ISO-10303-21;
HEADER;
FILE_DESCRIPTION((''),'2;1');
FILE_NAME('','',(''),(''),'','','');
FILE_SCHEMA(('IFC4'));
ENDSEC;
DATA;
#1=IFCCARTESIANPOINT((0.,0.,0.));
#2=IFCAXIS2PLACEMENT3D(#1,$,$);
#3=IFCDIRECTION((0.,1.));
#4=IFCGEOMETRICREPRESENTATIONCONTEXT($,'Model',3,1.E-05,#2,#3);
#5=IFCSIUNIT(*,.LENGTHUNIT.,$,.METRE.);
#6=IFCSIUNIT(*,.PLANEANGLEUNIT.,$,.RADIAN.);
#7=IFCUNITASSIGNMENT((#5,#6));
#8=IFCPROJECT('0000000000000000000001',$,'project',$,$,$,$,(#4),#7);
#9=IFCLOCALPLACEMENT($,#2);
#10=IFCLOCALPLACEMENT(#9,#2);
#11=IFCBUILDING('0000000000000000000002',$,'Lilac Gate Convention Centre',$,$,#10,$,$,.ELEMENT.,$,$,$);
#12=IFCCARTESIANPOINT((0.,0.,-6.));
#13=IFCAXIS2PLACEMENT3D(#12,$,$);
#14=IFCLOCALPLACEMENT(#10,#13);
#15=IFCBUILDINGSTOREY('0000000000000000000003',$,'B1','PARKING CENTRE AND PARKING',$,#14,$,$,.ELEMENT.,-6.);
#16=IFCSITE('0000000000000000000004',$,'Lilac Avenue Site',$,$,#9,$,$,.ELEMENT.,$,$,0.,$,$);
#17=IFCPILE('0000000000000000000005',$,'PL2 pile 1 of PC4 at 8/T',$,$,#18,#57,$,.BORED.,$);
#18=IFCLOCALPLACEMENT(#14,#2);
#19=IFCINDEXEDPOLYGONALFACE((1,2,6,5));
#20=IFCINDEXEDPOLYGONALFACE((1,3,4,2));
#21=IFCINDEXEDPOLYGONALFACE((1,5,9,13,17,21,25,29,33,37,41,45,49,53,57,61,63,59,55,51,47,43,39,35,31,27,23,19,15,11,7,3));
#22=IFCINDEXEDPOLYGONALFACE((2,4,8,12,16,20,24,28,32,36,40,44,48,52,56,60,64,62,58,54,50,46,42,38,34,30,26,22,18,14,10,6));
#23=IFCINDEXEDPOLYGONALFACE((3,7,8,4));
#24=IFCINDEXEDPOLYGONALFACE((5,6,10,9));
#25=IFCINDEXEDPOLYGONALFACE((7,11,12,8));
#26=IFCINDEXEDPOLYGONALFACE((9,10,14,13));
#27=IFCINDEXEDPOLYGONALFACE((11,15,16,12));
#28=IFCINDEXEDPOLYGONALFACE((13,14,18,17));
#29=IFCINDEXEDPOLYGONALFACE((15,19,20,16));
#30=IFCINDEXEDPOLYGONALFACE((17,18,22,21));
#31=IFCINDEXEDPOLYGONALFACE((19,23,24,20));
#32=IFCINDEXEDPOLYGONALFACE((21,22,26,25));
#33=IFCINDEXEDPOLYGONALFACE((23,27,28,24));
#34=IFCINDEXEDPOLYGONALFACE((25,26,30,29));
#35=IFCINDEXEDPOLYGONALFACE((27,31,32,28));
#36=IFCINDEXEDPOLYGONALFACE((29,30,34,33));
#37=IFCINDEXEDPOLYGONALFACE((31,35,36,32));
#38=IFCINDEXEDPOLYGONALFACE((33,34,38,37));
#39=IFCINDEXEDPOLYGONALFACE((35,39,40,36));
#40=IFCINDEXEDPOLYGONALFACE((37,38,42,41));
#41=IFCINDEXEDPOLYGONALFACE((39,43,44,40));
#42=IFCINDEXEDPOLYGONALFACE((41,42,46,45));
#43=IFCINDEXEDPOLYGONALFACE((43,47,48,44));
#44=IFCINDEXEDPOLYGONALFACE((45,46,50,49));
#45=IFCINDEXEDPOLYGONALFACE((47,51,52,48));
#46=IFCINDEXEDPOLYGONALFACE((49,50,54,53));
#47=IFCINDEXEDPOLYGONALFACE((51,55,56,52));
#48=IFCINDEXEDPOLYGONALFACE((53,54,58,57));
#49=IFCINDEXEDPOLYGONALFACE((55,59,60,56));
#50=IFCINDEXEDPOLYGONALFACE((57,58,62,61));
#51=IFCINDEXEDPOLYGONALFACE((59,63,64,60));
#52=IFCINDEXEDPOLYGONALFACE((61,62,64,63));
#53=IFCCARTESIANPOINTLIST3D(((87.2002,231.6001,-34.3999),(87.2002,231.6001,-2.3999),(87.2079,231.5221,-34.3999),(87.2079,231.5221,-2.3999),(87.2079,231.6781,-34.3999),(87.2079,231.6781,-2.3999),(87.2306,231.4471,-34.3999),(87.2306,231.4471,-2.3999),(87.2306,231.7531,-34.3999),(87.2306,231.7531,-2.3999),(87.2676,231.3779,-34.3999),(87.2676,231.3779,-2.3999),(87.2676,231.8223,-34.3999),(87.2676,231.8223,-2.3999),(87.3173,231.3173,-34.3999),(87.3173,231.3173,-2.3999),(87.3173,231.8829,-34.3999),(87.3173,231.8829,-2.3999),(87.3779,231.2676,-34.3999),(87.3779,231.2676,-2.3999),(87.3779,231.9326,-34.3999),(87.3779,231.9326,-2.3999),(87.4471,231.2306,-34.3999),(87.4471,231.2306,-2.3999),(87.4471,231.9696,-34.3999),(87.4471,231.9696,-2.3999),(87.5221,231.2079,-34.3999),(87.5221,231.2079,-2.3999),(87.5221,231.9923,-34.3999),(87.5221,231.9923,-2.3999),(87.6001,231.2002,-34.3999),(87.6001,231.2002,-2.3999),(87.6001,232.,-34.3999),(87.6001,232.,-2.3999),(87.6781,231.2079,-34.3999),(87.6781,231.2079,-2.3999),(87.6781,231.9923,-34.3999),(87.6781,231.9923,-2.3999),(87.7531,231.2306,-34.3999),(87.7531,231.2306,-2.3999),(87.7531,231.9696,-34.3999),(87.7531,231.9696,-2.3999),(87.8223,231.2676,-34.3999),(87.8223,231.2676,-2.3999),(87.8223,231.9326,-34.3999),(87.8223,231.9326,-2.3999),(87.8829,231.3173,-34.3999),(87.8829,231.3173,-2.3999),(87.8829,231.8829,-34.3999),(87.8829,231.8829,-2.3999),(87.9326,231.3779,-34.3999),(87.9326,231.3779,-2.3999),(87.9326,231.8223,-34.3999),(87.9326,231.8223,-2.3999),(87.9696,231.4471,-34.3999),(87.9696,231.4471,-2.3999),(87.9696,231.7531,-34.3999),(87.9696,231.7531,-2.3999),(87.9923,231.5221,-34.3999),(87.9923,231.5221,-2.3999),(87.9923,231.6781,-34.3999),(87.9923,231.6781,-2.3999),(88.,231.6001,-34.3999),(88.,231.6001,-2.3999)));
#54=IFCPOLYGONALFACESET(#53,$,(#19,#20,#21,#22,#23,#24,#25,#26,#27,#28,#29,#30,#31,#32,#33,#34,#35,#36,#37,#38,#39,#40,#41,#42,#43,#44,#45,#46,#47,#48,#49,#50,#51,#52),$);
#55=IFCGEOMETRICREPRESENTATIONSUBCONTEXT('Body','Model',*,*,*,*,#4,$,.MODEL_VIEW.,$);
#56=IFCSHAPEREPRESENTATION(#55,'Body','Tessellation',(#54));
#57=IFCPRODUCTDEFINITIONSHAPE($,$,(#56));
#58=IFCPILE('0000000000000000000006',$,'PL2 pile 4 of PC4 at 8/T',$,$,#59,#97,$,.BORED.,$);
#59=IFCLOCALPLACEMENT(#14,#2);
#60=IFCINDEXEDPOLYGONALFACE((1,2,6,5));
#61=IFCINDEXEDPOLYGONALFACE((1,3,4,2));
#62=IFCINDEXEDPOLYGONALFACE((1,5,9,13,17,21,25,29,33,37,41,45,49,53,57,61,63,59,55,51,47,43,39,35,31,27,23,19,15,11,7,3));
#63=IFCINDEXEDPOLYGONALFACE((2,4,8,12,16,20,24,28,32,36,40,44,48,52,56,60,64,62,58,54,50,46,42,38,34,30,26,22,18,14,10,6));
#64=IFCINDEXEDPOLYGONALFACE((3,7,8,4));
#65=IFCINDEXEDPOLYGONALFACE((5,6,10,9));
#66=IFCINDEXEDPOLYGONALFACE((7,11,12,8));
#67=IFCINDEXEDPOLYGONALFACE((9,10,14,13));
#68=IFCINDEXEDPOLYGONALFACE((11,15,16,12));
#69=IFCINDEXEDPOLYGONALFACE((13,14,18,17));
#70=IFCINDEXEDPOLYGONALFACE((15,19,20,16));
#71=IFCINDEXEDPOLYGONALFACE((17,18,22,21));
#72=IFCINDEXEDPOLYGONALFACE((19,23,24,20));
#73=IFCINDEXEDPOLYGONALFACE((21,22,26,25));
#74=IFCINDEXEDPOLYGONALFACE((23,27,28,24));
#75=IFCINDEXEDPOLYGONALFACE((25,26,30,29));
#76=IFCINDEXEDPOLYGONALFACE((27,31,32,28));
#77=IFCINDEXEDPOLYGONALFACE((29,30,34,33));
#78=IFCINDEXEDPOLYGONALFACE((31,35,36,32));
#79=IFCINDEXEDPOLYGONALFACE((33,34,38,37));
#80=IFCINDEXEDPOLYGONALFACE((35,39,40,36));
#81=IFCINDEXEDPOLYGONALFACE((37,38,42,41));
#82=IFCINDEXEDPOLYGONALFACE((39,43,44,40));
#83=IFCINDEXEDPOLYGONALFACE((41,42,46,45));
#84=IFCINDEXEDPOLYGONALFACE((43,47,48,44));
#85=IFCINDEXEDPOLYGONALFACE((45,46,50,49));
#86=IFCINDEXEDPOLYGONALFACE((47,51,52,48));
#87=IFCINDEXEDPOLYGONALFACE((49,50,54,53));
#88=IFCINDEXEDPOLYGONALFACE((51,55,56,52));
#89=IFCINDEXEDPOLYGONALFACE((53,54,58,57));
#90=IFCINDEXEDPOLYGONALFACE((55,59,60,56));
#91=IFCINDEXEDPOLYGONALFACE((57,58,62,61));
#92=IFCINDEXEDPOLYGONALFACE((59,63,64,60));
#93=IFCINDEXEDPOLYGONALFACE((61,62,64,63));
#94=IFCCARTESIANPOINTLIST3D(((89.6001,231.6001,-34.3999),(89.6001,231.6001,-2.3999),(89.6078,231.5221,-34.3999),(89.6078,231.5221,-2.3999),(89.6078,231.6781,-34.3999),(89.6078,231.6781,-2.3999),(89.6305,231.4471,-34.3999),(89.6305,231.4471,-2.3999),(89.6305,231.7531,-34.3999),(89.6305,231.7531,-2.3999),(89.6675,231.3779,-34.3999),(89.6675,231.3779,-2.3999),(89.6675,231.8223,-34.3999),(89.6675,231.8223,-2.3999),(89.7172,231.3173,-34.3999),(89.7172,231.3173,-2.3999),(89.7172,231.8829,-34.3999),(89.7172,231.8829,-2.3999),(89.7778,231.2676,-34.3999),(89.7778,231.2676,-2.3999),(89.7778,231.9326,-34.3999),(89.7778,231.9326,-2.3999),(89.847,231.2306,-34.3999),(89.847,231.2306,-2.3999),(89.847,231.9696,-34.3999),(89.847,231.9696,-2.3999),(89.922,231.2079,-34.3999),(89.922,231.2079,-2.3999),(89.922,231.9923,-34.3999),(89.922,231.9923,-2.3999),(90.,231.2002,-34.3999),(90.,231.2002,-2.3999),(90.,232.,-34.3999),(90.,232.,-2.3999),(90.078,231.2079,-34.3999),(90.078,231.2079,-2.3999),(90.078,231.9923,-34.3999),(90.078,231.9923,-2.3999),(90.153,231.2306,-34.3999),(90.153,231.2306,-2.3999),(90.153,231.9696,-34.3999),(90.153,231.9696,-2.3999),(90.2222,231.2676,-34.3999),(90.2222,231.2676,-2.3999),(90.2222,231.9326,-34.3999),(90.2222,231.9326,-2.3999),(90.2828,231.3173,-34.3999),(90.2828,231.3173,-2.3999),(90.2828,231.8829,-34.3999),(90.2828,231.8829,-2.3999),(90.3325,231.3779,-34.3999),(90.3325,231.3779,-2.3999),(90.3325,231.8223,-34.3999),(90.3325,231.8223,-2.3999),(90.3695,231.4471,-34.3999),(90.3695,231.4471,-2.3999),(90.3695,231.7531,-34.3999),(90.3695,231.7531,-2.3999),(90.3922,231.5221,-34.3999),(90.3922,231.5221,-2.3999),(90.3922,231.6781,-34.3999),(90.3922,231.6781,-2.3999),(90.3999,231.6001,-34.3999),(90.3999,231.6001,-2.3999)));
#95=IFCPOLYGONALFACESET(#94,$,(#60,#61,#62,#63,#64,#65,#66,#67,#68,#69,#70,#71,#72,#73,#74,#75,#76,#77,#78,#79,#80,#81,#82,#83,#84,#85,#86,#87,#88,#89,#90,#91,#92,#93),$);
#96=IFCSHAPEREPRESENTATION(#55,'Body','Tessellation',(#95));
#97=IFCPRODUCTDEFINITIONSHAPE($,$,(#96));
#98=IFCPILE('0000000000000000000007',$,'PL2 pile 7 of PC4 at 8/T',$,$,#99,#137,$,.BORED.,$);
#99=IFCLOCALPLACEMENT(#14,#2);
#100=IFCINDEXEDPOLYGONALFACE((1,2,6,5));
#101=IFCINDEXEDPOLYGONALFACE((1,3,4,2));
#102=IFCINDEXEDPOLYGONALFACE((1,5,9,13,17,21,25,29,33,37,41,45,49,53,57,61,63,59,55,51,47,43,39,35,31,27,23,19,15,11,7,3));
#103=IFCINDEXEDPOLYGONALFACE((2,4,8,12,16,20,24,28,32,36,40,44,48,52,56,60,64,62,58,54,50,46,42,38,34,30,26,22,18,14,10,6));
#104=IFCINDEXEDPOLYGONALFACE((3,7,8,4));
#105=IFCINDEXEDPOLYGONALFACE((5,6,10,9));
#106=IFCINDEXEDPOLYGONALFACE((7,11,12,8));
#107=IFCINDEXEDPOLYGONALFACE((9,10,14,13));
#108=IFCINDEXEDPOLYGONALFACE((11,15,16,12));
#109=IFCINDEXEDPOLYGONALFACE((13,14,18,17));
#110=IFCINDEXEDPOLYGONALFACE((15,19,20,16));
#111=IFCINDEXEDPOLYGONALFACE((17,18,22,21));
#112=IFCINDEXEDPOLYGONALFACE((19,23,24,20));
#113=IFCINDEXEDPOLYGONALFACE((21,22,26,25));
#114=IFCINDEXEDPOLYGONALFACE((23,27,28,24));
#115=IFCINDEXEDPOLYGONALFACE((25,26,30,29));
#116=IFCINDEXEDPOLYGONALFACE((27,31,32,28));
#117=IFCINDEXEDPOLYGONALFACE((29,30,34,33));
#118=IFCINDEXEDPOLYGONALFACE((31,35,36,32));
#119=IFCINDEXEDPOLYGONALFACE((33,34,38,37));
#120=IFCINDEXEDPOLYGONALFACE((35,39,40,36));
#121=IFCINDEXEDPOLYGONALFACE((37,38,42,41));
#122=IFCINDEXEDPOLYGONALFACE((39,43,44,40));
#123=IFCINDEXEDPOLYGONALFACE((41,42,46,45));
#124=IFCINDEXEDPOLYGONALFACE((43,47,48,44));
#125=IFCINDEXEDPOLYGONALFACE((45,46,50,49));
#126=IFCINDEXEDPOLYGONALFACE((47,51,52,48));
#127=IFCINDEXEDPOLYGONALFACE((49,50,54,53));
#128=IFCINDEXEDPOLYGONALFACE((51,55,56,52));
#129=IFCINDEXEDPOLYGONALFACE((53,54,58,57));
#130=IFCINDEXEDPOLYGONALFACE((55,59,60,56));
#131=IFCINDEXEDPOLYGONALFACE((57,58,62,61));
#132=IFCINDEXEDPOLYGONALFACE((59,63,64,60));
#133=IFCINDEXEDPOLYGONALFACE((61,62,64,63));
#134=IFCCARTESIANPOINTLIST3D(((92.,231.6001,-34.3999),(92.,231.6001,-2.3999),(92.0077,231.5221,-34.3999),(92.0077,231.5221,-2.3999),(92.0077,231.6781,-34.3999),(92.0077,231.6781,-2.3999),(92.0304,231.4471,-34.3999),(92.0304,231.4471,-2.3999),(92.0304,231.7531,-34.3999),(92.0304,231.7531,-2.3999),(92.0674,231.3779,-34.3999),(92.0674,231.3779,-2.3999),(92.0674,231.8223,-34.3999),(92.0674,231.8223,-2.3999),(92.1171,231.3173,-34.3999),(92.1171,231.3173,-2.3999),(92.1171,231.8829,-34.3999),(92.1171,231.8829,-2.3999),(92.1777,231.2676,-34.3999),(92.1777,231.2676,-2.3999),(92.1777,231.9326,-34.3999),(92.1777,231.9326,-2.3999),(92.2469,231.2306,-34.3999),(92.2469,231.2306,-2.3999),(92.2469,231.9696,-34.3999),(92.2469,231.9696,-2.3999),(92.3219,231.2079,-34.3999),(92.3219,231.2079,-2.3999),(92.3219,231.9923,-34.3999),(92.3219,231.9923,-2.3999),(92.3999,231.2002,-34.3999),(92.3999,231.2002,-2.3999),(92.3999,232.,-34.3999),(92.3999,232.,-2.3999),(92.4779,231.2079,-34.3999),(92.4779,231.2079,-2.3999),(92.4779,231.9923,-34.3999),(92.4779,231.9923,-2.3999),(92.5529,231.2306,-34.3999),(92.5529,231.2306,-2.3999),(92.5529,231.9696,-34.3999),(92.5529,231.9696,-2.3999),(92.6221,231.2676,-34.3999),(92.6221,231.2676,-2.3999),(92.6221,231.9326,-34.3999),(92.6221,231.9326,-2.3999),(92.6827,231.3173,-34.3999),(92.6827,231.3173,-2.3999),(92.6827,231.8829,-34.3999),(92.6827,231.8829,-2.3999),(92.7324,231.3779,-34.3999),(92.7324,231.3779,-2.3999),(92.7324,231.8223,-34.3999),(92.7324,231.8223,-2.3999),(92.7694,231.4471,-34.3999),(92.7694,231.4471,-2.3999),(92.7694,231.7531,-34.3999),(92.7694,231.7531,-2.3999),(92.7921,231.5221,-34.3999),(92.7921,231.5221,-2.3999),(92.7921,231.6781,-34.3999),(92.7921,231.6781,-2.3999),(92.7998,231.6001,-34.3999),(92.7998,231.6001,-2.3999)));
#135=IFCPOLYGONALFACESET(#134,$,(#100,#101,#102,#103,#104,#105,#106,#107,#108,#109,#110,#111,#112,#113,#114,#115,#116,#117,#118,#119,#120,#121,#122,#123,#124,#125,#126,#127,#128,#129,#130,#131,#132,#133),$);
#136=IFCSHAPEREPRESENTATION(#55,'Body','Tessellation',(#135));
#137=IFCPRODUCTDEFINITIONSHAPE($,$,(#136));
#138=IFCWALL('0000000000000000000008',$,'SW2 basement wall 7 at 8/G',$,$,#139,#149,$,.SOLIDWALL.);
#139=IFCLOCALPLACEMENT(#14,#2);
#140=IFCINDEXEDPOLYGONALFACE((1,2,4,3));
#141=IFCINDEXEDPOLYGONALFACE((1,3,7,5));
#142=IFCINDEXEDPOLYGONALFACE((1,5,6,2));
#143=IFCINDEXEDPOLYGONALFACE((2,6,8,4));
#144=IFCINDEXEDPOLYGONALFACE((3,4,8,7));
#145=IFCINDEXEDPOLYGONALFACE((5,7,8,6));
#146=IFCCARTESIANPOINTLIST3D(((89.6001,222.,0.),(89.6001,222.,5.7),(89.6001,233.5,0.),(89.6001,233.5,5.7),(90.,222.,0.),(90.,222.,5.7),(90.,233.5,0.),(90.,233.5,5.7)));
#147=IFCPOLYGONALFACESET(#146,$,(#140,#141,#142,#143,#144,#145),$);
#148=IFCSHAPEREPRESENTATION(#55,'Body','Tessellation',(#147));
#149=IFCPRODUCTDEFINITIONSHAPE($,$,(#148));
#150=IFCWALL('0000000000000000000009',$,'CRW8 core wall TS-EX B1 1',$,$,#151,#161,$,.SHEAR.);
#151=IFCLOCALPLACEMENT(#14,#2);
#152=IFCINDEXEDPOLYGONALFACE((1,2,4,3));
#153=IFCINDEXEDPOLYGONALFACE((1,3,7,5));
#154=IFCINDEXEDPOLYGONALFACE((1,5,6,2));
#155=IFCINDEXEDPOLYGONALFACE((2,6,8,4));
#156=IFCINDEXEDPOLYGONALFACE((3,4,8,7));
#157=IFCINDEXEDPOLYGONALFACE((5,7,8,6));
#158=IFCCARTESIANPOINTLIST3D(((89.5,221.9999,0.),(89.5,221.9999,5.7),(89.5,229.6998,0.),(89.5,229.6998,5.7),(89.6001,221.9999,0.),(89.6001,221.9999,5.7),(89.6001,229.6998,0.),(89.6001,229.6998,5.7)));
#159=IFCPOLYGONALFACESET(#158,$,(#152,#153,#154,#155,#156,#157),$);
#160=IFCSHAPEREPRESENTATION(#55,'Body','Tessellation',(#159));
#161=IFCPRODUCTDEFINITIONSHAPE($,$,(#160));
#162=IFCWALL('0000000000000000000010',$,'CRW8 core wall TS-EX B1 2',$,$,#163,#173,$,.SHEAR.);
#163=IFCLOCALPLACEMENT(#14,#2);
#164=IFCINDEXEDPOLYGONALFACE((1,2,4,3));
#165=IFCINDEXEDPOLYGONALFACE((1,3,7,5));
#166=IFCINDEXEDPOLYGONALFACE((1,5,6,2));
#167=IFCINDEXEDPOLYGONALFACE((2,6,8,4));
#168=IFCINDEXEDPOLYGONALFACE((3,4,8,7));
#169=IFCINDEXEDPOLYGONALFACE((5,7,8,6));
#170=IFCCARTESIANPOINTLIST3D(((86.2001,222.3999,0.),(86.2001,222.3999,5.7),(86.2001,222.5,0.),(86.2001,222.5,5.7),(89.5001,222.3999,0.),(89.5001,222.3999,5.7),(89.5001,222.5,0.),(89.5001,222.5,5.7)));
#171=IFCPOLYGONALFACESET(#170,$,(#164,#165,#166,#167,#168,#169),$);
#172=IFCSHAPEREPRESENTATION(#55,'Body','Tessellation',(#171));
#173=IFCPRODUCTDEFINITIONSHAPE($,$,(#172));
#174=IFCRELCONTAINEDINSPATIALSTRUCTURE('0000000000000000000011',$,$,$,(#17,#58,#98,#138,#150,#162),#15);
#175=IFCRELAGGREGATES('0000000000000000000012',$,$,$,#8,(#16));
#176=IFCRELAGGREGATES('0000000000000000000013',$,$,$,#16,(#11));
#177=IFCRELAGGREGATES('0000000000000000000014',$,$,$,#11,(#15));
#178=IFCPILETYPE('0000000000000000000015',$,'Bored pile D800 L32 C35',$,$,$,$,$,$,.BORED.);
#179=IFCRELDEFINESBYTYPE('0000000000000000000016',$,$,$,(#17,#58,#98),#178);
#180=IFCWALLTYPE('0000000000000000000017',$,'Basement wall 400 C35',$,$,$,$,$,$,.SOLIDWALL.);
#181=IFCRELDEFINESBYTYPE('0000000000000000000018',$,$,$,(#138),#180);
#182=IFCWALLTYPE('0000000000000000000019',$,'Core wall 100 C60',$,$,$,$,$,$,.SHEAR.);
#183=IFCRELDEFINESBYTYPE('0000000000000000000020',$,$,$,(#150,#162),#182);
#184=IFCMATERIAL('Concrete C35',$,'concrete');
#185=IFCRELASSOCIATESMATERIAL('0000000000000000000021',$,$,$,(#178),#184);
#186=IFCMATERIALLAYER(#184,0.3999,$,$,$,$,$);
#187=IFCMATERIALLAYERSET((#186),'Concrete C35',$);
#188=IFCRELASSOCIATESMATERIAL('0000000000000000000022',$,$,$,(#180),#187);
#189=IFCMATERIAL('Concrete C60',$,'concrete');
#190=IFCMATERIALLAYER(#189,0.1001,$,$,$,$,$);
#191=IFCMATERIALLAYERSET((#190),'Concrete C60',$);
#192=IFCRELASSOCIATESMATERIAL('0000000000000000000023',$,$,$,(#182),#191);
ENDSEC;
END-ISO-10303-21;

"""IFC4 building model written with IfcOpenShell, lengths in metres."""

from ifc_helpers import new_model, si_unit, direction, frame, frame_2d, origin, origin_2d, place, context, subcontext, project, spatial, rectangle, circle, extrude, material, layer, layer_set, material_profile, profile_set, type_object, element, save


model = new_model("IFC4")

# Units and contexts
model_context = context("Model", 3, precision=1e-05, world=origin(), true_north=direction((0.0, 1.0)))
body_context = subcontext(model_context, "Body", "Model", "MODEL_VIEW")
ifc_project = project(units=[si_unit("LENGTHUNIT", "METRE"), si_unit("PLANEANGLEUNIT", "RADIAN")], contexts=[model_context])

# Site, building, storey
site_placement = place(None, origin())
site = spatial("IfcSite", under=ifc_project, at=site_placement, Name="Lilac Avenue Site", CompositionType="ELEMENT", RefElevation=0.0)
building_placement = place(site_placement, origin())
building = spatial("IfcBuilding", under=site, at=building_placement, Name="Lilac Gate Convention Centre", CompositionType="ELEMENT")
storey_placement = place(building_placement, frame((0.0, 0.0, -6.0)))
storey = spatial("IfcBuildingStorey", under=building, at=storey_placement, Name="B1", Description="PARKING CENTRE AND PARKING", CompositionType="ELEMENT", Elevation=-6.0)

# Piles
ifc_material_1 = material(Name="Concrete C35", Category="concrete")
ifc_material_profile = material_profile(ifc_material_1, circle(Radius=0.3999, at=origin_2d()), Name="D800")
ifc_profile_set = profile_set([ifc_material_profile], Name="Concrete C35")
pile_type = type_object("IfcPileType", Name="Bored pile D800 L32 C35", PredefinedType="BORED", material=ifc_profile_set)
for number, where, z_axis, x_axis, name in (
    (1, (87.6001, 231.6001, -2.3999), (0.0, 0.0, -1.0), (1.0, 0.0, 0.0), "PL2 pile 1 of PC4 at 8/T"),
    (2, (90.0, 231.6001, -2.3999), (0.0, 0.0, -1.0), (1.0, 0.0, 0.0), "PL2 pile 4 of PC4 at 8/T"),
    (3, (92.3999, 231.6001, -2.3999), (0.0, 0.0, -1.0), (1.0, 0.0, 0.0), "PL2 pile 7 of PC4 at 8/T"),
):
    element("IfcPile", number, at=place(storey_placement, frame(where, z_axis=z_axis, x_axis=x_axis)), inside=storey, type_object=pile_type, Name=name, PredefinedType="BORED", context=body_context, shape_type="SweptSolid", body=[
        extrude(circle(Radius=0.3999, at=origin_2d()), origin(), (0.0, 0.0, 1.0), 32.0),
    ])

# Walls
ifc_layer_1 = layer(ifc_material_1, 0.3999)
ifc_layer_set_1 = layer_set([ifc_layer_1], Name="Concrete C35")
wall_type_1 = type_object("IfcWallType", Name="Basement wall 400 C35", PredefinedType="SOLIDWALL", material=ifc_layer_set_1)
wall_1_placement = place(storey_placement, frame((89.8, 222.0, 0.0), z_axis=(0.0, 0.0, 1.0), x_axis=(0.0, 1.0, 0.0)))
element("IfcWall", 4, at=wall_1_placement, inside=storey, type_object=wall_type_1, Name="SW2 basement wall 7 at 8/G", PredefinedType="SOLIDWALL", context=body_context, shape_type="SweptSolid", body=[
    extrude(rectangle(XDim=11.5, YDim=0.3999, at=frame_2d((5.75, 0.0))), origin(), (0.0, 0.0, 1.0), 5.7),
])
ifc_material_2 = material(Name="Concrete C60", Category="concrete")
ifc_layer_2 = layer(ifc_material_2, 0.1001)
ifc_layer_set_2 = layer_set([ifc_layer_2], Name="Concrete C60")
wall_type_2 = type_object("IfcWallType", Name="Core wall 100 C60", PredefinedType="SHEAR", material=ifc_layer_set_2)
wall_2_placement = place(storey_placement, frame((89.55, 229.7, 0.0), z_axis=(0.0, 0.0, 1.0), x_axis=(0.0, -1.0, 0.0)))
element("IfcWall", 5, at=wall_2_placement, inside=storey, type_object=wall_type_2, Name="CRW8 core wall TS-EX B1 1", PredefinedType="SHEAR", context=body_context, shape_type="SweptSolid", body=[
    extrude(rectangle(XDim=7.7, YDim=0.1001, at=frame_2d((3.8501, 0.0))), origin(), (0.0, 0.0, 1.0), 5.7),
])
wall_3_placement = place(storey_placement, frame((89.5, 222.45, 0.0), z_axis=(0.0, 0.0, 1.0), x_axis=(-1.0, 0.0, 0.0)))
element("IfcWall", 6, at=wall_3_placement, inside=storey, type_object=wall_type_2, Name="CRW8 core wall TS-EX B1 2", PredefinedType="SHEAR", context=body_context, shape_type="SweptSolid", body=[
    extrude(rectangle(XDim=3.3, YDim=0.1001, at=frame_2d((1.6499, 0.0))), origin(), (0.0, 0.0, 1.0), 5.7),
])

save(model, "model.ifc")
